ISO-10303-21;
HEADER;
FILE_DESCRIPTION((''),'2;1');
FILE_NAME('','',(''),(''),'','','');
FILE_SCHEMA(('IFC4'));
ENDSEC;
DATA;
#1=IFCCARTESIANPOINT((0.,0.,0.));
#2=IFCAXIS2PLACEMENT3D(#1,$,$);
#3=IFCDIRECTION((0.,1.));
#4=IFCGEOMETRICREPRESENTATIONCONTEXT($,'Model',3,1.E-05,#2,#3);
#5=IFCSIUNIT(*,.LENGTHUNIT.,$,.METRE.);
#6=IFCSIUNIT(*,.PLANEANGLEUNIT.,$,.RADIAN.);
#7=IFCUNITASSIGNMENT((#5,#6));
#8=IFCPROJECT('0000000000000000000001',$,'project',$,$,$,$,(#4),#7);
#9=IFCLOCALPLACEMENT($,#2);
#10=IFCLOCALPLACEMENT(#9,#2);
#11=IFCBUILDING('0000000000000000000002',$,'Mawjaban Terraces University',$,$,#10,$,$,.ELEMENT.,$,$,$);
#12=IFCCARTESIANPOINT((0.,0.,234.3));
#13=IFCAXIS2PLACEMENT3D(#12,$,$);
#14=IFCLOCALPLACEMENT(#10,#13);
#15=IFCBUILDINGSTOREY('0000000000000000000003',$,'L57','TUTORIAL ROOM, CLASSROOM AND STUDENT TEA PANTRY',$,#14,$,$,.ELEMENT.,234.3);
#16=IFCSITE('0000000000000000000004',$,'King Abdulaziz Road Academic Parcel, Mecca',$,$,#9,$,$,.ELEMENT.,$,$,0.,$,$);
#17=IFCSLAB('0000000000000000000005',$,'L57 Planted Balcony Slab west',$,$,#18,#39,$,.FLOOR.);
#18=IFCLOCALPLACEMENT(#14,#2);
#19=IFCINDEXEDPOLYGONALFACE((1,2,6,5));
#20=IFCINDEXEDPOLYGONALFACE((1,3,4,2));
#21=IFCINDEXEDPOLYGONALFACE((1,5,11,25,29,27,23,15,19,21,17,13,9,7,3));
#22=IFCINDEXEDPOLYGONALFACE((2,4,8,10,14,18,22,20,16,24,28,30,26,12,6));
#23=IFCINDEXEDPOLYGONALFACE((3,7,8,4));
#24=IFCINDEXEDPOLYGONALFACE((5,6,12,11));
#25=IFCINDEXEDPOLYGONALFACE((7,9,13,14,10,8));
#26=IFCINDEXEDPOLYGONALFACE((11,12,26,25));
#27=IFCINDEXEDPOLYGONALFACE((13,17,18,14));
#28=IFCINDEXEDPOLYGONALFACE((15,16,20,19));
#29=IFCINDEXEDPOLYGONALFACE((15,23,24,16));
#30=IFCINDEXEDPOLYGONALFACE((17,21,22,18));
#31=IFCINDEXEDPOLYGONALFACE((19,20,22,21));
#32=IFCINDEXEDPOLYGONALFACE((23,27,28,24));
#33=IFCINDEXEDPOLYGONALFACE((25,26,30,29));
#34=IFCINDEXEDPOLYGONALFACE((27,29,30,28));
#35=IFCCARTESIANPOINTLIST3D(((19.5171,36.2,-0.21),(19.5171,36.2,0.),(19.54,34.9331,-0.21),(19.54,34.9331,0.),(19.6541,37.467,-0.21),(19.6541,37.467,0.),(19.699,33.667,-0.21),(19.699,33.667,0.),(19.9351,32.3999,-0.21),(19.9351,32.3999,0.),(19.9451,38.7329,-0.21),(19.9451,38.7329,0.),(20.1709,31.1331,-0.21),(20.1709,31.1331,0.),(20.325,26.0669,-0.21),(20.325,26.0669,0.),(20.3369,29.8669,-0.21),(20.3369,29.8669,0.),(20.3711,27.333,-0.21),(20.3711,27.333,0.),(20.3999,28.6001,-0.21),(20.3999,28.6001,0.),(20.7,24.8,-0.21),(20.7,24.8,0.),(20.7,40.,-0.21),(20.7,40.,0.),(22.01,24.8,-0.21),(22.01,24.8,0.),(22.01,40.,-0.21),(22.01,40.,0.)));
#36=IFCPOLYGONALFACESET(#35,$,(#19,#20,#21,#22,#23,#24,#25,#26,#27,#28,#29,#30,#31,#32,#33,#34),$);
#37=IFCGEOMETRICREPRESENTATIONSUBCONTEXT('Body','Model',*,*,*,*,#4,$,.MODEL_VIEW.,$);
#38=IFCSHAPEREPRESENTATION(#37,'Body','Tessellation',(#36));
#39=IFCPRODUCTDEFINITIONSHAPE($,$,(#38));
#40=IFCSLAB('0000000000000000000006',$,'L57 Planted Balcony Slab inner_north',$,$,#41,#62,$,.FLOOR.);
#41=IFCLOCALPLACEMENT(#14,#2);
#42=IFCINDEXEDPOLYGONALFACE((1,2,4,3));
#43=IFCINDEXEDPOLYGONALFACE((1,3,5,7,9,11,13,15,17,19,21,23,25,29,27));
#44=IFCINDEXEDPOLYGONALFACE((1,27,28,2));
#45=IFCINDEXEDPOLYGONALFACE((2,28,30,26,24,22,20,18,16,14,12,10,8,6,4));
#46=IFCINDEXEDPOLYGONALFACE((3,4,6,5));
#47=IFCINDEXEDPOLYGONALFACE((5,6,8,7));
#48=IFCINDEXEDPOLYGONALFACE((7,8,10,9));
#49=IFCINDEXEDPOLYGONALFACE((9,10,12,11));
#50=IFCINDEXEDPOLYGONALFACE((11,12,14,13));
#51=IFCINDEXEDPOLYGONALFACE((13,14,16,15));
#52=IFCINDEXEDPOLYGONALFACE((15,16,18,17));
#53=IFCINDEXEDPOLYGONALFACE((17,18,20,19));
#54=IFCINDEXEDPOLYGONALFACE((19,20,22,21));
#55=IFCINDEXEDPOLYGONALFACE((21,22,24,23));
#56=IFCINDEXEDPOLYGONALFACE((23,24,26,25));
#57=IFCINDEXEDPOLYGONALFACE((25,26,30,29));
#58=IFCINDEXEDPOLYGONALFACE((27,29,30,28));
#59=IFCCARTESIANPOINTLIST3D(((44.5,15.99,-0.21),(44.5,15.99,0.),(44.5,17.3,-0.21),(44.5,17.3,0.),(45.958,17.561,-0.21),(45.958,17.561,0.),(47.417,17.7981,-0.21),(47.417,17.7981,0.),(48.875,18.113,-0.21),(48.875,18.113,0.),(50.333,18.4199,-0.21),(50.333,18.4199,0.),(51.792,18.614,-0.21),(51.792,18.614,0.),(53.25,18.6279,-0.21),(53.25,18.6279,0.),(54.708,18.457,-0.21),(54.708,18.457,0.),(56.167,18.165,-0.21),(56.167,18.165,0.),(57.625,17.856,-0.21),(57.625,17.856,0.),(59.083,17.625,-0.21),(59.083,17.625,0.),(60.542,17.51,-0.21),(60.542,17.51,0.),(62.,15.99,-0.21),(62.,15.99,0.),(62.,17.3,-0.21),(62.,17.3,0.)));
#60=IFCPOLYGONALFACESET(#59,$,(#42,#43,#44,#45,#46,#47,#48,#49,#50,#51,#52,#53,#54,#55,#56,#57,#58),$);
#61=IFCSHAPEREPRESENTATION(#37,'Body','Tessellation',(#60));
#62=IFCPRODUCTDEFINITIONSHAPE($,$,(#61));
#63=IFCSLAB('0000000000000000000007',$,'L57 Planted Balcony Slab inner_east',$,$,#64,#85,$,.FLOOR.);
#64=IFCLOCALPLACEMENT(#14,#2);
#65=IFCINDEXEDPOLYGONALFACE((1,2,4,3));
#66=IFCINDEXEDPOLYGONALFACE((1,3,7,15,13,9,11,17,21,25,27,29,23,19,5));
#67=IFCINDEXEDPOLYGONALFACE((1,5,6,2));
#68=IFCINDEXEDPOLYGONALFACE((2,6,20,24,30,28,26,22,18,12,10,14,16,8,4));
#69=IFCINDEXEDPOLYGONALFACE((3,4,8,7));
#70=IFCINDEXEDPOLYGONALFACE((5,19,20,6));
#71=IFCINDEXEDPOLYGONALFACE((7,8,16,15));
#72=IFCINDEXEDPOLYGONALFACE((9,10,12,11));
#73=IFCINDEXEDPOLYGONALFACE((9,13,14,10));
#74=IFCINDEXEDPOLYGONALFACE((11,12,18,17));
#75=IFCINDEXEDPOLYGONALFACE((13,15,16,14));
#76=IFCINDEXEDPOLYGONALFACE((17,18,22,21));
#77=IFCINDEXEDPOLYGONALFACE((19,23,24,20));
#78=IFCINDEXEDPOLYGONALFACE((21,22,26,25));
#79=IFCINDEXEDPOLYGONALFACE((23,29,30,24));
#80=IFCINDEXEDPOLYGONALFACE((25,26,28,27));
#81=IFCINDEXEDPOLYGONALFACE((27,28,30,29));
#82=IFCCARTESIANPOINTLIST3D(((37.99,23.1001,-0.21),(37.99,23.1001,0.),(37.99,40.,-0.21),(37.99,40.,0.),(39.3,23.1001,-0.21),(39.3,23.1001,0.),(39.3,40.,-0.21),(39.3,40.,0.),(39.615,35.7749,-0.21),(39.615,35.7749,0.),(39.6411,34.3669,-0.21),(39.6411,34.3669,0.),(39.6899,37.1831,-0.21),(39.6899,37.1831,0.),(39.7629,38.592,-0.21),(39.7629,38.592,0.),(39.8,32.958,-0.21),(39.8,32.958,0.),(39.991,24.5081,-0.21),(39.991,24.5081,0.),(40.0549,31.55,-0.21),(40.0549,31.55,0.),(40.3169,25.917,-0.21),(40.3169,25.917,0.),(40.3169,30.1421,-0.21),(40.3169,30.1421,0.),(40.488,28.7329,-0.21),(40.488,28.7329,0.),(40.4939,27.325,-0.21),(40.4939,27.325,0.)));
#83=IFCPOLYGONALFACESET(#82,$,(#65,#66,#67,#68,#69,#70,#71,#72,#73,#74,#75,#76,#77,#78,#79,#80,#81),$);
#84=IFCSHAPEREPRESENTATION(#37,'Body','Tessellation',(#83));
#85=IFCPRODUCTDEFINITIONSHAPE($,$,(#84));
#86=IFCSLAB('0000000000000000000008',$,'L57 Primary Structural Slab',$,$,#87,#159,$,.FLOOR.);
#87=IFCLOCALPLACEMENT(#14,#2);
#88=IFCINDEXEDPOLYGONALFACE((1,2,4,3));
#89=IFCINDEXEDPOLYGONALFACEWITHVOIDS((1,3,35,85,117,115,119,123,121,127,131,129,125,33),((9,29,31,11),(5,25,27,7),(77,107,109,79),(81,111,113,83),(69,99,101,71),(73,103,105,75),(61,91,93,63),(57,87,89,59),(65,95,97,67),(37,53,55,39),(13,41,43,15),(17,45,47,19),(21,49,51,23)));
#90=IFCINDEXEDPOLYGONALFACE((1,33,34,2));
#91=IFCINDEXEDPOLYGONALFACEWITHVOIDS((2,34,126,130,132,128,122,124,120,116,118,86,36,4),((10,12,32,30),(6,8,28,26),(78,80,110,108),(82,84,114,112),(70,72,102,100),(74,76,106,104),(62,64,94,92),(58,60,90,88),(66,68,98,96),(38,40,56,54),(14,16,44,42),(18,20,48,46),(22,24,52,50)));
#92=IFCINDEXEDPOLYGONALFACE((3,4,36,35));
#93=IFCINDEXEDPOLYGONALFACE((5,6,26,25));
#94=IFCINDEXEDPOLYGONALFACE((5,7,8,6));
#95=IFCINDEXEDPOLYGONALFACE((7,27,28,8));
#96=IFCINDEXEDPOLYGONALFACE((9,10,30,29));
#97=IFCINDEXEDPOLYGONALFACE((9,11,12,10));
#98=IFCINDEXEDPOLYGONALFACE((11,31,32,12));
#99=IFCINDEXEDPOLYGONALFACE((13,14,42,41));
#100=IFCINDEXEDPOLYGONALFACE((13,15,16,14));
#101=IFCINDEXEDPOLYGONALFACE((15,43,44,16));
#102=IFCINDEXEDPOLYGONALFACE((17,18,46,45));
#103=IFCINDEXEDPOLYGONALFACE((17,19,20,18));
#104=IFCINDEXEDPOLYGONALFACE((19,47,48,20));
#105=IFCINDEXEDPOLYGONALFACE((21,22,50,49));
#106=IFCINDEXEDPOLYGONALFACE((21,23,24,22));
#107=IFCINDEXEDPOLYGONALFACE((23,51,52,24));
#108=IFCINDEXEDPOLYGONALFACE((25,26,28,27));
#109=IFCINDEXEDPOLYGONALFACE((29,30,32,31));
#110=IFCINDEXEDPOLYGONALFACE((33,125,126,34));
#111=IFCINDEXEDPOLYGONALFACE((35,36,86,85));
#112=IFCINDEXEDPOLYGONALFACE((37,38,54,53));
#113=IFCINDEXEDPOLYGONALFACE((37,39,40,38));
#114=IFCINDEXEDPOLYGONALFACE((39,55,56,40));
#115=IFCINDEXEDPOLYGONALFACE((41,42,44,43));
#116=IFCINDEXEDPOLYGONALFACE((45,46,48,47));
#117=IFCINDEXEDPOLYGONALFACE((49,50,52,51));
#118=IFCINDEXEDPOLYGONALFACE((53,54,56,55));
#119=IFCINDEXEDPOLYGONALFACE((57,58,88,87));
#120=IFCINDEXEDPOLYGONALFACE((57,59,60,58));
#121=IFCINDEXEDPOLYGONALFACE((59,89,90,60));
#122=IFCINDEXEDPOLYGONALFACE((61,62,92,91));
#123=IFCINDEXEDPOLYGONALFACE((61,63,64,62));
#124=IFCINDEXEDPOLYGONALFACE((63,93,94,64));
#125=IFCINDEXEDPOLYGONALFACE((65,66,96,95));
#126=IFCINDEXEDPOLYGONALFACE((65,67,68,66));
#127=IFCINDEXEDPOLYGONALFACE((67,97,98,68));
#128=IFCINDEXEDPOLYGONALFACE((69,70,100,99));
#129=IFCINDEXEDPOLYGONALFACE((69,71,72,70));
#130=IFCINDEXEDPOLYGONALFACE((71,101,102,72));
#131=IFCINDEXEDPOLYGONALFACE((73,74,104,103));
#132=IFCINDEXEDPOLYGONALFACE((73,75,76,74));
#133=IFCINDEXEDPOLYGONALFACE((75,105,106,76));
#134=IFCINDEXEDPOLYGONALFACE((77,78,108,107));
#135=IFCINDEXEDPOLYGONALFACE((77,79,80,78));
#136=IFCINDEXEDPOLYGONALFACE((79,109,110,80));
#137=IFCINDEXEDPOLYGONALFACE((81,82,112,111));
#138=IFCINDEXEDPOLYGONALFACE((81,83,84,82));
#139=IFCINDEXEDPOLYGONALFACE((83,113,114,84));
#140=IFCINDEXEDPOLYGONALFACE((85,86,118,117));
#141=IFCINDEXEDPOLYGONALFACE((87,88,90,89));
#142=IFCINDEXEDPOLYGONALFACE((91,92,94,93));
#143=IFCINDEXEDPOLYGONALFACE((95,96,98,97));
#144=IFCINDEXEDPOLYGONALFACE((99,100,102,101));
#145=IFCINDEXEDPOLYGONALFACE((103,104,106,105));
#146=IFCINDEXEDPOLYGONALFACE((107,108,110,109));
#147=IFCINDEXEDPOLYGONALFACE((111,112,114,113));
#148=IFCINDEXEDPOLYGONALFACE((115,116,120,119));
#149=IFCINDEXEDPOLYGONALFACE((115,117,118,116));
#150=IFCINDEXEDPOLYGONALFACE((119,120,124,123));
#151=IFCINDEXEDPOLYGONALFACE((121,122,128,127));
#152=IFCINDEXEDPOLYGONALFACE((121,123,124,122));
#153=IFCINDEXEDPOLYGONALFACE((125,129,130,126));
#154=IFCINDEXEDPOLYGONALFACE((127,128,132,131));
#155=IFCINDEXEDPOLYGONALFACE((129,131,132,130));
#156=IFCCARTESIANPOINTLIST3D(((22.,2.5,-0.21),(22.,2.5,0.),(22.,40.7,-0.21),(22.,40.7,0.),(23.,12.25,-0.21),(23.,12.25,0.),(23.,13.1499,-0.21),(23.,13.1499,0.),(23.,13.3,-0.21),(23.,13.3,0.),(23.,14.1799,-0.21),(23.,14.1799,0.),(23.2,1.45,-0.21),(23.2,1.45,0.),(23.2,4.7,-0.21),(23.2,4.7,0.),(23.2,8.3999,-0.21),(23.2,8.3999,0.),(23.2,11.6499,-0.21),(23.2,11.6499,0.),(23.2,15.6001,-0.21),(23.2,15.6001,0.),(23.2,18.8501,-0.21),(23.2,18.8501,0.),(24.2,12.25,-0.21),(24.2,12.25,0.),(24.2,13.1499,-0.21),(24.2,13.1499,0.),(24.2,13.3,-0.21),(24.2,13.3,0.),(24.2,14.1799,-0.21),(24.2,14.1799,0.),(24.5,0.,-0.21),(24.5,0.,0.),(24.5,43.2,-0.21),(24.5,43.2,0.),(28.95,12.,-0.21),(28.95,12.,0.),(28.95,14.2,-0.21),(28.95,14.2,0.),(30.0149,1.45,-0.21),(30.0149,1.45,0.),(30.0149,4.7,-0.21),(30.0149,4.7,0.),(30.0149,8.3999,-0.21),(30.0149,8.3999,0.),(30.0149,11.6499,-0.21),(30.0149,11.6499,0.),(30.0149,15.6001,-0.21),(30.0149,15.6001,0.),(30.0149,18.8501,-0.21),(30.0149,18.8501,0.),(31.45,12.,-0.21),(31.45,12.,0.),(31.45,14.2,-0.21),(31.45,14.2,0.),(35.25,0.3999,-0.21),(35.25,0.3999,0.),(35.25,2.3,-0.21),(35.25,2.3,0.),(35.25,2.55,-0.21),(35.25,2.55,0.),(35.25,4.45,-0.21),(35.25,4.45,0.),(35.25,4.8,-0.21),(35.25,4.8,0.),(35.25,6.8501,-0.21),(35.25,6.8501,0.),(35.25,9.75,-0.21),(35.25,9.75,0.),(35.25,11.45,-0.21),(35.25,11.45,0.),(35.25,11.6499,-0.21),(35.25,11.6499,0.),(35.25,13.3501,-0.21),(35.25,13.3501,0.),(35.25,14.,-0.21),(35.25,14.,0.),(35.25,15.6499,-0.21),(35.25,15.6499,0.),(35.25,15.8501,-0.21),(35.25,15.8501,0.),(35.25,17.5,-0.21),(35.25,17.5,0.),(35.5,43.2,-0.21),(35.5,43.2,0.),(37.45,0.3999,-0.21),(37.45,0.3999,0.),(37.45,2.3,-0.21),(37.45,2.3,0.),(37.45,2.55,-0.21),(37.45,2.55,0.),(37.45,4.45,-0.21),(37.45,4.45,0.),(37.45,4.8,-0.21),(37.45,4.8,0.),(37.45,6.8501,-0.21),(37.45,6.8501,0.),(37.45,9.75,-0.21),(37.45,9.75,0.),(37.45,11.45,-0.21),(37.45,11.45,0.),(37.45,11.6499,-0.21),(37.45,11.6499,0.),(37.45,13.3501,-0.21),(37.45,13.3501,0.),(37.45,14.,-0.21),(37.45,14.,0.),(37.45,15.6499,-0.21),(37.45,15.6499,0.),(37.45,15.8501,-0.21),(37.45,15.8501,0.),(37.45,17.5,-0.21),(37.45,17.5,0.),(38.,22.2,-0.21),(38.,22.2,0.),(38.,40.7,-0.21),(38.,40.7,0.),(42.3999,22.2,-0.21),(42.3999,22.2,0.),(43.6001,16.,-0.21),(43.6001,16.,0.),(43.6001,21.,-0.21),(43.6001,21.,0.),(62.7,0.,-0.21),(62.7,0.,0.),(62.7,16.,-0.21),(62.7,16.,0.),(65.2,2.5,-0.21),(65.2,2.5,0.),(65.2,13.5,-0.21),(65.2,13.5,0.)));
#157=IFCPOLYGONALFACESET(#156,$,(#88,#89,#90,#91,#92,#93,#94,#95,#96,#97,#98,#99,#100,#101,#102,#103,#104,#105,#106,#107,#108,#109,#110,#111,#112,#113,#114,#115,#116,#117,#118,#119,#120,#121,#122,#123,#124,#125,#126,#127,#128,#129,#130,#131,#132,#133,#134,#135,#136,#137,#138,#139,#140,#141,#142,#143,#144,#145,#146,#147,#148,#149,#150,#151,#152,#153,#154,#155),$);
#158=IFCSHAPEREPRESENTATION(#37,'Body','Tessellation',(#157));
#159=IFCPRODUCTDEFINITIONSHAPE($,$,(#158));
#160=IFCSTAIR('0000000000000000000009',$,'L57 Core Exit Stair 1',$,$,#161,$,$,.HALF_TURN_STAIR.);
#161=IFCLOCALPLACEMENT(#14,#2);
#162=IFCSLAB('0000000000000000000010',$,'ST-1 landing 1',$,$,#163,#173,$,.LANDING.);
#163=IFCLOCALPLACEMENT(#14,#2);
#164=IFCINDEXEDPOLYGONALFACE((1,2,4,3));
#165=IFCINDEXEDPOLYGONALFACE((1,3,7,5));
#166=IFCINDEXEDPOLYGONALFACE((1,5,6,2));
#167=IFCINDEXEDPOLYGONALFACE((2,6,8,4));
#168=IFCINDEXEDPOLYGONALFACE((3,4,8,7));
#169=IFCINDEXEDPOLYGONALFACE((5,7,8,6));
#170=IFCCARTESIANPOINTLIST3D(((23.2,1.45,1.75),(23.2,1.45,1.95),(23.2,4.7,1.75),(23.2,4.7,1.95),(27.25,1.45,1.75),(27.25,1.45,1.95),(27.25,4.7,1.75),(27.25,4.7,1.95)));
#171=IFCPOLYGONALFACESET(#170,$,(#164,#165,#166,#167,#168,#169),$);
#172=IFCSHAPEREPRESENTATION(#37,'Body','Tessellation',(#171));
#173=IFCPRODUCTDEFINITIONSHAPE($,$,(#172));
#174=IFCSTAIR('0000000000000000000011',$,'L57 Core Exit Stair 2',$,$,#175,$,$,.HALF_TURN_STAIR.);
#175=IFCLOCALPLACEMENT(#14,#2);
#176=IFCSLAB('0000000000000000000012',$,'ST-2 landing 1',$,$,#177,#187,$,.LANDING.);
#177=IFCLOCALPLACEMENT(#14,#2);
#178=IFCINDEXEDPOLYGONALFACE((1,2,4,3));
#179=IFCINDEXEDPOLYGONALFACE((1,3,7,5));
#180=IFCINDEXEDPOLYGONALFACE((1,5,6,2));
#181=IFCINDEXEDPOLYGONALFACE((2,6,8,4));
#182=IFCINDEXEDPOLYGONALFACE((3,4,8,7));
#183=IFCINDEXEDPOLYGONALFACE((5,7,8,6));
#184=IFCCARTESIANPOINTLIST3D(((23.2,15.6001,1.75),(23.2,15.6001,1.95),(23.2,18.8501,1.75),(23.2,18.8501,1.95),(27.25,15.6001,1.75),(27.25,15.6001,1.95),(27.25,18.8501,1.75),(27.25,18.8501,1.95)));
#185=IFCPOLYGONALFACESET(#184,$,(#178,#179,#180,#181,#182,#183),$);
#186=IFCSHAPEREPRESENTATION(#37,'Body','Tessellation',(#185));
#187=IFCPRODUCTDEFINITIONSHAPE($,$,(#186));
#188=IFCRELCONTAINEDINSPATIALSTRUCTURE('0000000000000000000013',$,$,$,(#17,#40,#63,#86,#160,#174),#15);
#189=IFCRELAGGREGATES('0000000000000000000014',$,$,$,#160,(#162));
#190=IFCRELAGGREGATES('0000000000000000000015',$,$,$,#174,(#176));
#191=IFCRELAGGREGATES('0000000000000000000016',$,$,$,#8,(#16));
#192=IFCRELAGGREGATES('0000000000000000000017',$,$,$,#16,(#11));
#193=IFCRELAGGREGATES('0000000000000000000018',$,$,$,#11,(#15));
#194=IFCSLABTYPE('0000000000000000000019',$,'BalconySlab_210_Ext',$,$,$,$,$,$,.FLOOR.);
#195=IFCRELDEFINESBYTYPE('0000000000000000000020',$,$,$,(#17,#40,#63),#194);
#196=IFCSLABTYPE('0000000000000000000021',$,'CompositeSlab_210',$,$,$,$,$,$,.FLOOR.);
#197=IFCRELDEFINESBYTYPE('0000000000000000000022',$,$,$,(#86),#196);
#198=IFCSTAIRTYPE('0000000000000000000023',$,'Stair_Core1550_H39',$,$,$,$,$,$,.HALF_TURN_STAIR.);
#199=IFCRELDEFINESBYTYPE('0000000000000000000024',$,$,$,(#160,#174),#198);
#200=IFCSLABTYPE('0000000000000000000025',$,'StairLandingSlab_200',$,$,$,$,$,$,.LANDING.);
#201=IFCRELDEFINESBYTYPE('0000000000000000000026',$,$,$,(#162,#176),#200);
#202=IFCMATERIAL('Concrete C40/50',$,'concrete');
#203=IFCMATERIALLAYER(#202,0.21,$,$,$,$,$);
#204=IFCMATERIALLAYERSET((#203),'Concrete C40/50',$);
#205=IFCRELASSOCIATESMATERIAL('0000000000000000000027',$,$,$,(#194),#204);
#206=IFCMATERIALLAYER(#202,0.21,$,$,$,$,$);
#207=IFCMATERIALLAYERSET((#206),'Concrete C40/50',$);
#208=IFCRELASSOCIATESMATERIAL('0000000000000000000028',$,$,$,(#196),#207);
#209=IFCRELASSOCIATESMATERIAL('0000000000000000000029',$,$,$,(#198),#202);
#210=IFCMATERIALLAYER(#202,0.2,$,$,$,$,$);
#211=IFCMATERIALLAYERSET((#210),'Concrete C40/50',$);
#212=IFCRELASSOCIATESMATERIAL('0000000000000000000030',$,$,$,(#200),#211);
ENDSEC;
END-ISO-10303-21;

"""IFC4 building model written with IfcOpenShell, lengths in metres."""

from ifc_helpers import new_model, si_unit, direction, frame, origin, place, context, subcontext, project, spatial, polyline, outline, extrude, material, layer, layer_set, type_object, element, aggregate, save


model = new_model("IFC4")

# Units and contexts
model_context = context("Model", 3, precision=1e-05, world=origin(), true_north=direction((0.0, 1.0)))
body_context = subcontext(model_context, "Body", "Model", "MODEL_VIEW")
ifc_project = project(units=[si_unit("LENGTHUNIT", "METRE"), si_unit("PLANEANGLEUNIT", "RADIAN")], contexts=[model_context])

# Site, building, storey
site_placement = place(None, origin())
site = spatial("IfcSite", under=ifc_project, at=site_placement, Name="King Abdulaziz Road Academic Parcel, Mecca", CompositionType="ELEMENT", RefElevation=0.0)
building_placement = place(site_placement, origin())
building = spatial("IfcBuilding", under=site, at=building_placement, Name="Mawjaban Terraces University", CompositionType="ELEMENT")
storey_placement = place(building_placement, frame((0.0, 0.0, 234.3)))
storey = spatial("IfcBuildingStorey", under=building, at=storey_placement, Name="L57", Description="TUTORIAL ROOM, CLASSROOM AND STUDENT TEA PANTRY", CompositionType="ELEMENT", Elevation=234.3)

# Slabs
ifc_material_1 = material(Name="Concrete C40/50", Category="concrete")
ifc_layer_1 = layer(ifc_material_1, 0.21)
ifc_layer_set_1 = layer_set([ifc_layer_1], Name="Concrete C40/50")
slab_type_1 = type_object("IfcSlabType", Name="BalconySlab_210_Ext", PredefinedType="FLOOR", material=ifc_layer_set_1)
slab_1_placement = place(storey_placement, frame((0.0, 0.0, -0.21)))
element("IfcSlab", 1, at=slab_1_placement, inside=storey, type_object=slab_type_1, Name="L57 Planted Balcony Slab west", PredefinedType="FLOOR", context=body_context, shape_type="SweptSolid", body=[
    extrude(outline(polyline([(22.01, 24.8), (22.01, 40.0), (20.7, 40.0), (19.9451, 38.7329), (19.6541, 37.467), (19.5171, 36.2), (19.54, 34.9331), (19.699, 33.667), (19.9351, 32.3999), (20.1709, 31.1331), (20.3369, 29.8669), (20.3999, 28.6001), (20.3711, 27.333), (20.325, 26.0669), (20.7, 24.8), (22.01, 24.8)])), origin(), (0.0, 0.0, 1.0), 0.21),
])
slab_2_placement = place(storey_placement, frame((0.0, 0.0, -0.21)))
element("IfcSlab", 2, at=slab_2_placement, inside=storey, type_object=slab_type_1, Name="L57 Planted Balcony Slab inner_north", PredefinedType="FLOOR", context=body_context, shape_type="SweptSolid", body=[
    extrude(outline(polyline([(44.5, 15.99), (62.0, 15.99), (62.0, 17.3), (60.542, 17.51), (59.083, 17.625), (57.625, 17.856), (56.167, 18.165), (54.708, 18.457), (53.25, 18.6279), (51.792, 18.614), (50.333, 18.4199), (48.875, 18.113), (47.417, 17.7981), (45.958, 17.561), (44.5, 17.3), (44.5, 15.99)])), origin(), (0.0, 0.0, 1.0), 0.21),
])
slab_3_placement = place(storey_placement, frame((0.0, 0.0, -0.21)))
element("IfcSlab", 3, at=slab_3_placement, inside=storey, type_object=slab_type_1, Name="L57 Planted Balcony Slab inner_east", PredefinedType="FLOOR", context=body_context, shape_type="SweptSolid", body=[
    extrude(outline(polyline([(39.3, 23.1001), (39.991, 24.5081), (40.3169, 25.917), (40.4939, 27.325), (40.488, 28.7329), (40.3169, 30.1421), (40.0549, 31.55), (39.8, 32.958), (39.6411, 34.3669), (39.615, 35.7749), (39.6899, 37.1831), (39.7629, 38.592), (39.3, 40.0), (37.99, 40.0), (37.99, 23.1001), (39.3, 23.1001)])), origin(), (0.0, 0.0, 1.0), 0.21),
])
ifc_layer_2 = layer(ifc_material_1, 0.21)
ifc_layer_set_2 = layer_set([ifc_layer_2], Name="Concrete C40/50")
slab_type_2 = type_object("IfcSlabType", Name="CompositeSlab_210", PredefinedType="FLOOR", material=ifc_layer_set_2)
slab_4_placement = place(storey_placement, frame((0.0, 0.0, -0.21)))
element("IfcSlab", 4, at=slab_4_placement, inside=storey, type_object=slab_type_2, Name="L57 Primary Structural Slab", PredefinedType="FLOOR", context=body_context, shape_type="SweptSolid", body=[
    extrude(outline(polyline([(24.5, 0.0), (62.7, 0.0), (65.2, 2.5), (65.2, 13.5), (62.7, 16.0), (43.6001, 16.0), (43.6001, 21.0), (42.3999, 22.2), (38.0, 22.2), (38.0, 40.7), (35.5, 43.2), (24.5, 43.2), (22.0, 40.7), (22.0, 2.5), (24.5, 0.0)]), holes=[polyline([(30.0149, 4.7), (23.2, 4.7), (23.2, 1.45), (30.0149, 1.45), (30.0149, 4.7)]), polyline([(30.0149, 18.8501), (23.2, 18.8501), (23.2, 15.6001), (30.0149, 15.6001), (30.0149, 18.8501)]), polyline([(30.0149, 11.6499), (23.2, 11.6499), (23.2, 8.3999), (30.0149, 8.3999), (30.0149, 11.6499)]), polyline([(35.25, 0.3999), (37.45, 0.3999), (37.45, 2.3), (35.25, 2.3), (35.25, 0.3999)]), polyline([(35.25, 2.55), (37.45, 2.55), (37.45, 4.45), (35.25, 4.45), (35.25, 2.55)]), polyline([(35.25, 4.8), (37.45, 4.8), (37.45, 6.8501), (35.25, 6.8501), (35.25, 4.8)]), polyline([(35.25, 9.75), (37.45, 9.75), (37.45, 11.45), (35.25, 11.45), (35.25, 9.75)]), polyline([(35.25, 11.6499), (37.45, 11.6499), (37.45, 13.3501), (35.25, 13.3501), (35.25, 11.6499)]), polyline([(28.95, 12.0), (31.45, 12.0), (31.45, 14.2), (28.95, 14.2), (28.95, 12.0)]), polyline([(35.25, 14.0), (37.45, 14.0), (37.45, 15.6499), (35.25, 15.6499), (35.25, 14.0)]), polyline([(35.25, 15.8501), (37.45, 15.8501), (37.45, 17.5), (35.25, 17.5), (35.25, 15.8501)]), polyline([(23.0, 12.25), (24.2, 12.25), (24.2, 13.1499), (23.0, 13.1499), (23.0, 12.25)]), polyline([(23.0, 13.3), (24.2, 13.3), (24.2, 14.1799), (23.0, 14.1799), (23.0, 13.3)])]), origin(), (0.0, 0.0, 1.0), 0.21),
])

# Stairs, slabs
stair_type = type_object("IfcStairType", Name="Stair_Core1550_H39", PredefinedType="HALF_TURN_STAIR", material=ifc_material_1)
stair_1_placement = place(storey_placement, origin())
stair_1 = element("IfcStair", 5, at=stair_1_placement, inside=storey, type_object=stair_type, Name="L57 Core Exit Stair 1", PredefinedType="HALF_TURN_STAIR")
ifc_layer_3 = layer(ifc_material_1, 0.2)
ifc_layer_set_3 = layer_set([ifc_layer_3], Name="Concrete C40/50")
slab_type_3 = type_object("IfcSlabType", Name="StairLandingSlab_200", PredefinedType="LANDING", material=ifc_layer_set_3)
slab_5_placement = place(storey_placement, frame((0.0, 0.0, 1.75)))
slab_5 = element("IfcSlab", 6, at=slab_5_placement, type_object=slab_type_3, Name="ST-1 landing 1", PredefinedType="LANDING", context=body_context, shape_type="SweptSolid", body=[
    extrude(outline(polyline([(27.25, 4.7), (23.2, 4.7), (23.2, 1.45), (27.25, 1.45), (27.25, 4.7)])), origin(), (0.0, 0.0, 1.0), 0.2),
])
aggregate(stair_1, [slab_5])
stair_2_placement = place(storey_placement, origin())
stair_2 = element("IfcStair", 7, at=stair_2_placement, inside=storey, type_object=stair_type, Name="L57 Core Exit Stair 2", PredefinedType="HALF_TURN_STAIR")
slab_6_placement = place(storey_placement, frame((0.0, 0.0, 1.75)))
slab_6 = element("IfcSlab", 8, at=slab_6_placement, type_object=slab_type_3, Name="ST-2 landing 1", PredefinedType="LANDING", context=body_context, shape_type="SweptSolid", body=[
    extrude(outline(polyline([(27.25, 18.8501), (23.2, 18.8501), (23.2, 15.6001), (27.25, 15.6001), (27.25, 18.8501)])), origin(), (0.0, 0.0, 1.0), 0.2),
])
aggregate(stair_2, [slab_6])

save(model, "model.ifc")
